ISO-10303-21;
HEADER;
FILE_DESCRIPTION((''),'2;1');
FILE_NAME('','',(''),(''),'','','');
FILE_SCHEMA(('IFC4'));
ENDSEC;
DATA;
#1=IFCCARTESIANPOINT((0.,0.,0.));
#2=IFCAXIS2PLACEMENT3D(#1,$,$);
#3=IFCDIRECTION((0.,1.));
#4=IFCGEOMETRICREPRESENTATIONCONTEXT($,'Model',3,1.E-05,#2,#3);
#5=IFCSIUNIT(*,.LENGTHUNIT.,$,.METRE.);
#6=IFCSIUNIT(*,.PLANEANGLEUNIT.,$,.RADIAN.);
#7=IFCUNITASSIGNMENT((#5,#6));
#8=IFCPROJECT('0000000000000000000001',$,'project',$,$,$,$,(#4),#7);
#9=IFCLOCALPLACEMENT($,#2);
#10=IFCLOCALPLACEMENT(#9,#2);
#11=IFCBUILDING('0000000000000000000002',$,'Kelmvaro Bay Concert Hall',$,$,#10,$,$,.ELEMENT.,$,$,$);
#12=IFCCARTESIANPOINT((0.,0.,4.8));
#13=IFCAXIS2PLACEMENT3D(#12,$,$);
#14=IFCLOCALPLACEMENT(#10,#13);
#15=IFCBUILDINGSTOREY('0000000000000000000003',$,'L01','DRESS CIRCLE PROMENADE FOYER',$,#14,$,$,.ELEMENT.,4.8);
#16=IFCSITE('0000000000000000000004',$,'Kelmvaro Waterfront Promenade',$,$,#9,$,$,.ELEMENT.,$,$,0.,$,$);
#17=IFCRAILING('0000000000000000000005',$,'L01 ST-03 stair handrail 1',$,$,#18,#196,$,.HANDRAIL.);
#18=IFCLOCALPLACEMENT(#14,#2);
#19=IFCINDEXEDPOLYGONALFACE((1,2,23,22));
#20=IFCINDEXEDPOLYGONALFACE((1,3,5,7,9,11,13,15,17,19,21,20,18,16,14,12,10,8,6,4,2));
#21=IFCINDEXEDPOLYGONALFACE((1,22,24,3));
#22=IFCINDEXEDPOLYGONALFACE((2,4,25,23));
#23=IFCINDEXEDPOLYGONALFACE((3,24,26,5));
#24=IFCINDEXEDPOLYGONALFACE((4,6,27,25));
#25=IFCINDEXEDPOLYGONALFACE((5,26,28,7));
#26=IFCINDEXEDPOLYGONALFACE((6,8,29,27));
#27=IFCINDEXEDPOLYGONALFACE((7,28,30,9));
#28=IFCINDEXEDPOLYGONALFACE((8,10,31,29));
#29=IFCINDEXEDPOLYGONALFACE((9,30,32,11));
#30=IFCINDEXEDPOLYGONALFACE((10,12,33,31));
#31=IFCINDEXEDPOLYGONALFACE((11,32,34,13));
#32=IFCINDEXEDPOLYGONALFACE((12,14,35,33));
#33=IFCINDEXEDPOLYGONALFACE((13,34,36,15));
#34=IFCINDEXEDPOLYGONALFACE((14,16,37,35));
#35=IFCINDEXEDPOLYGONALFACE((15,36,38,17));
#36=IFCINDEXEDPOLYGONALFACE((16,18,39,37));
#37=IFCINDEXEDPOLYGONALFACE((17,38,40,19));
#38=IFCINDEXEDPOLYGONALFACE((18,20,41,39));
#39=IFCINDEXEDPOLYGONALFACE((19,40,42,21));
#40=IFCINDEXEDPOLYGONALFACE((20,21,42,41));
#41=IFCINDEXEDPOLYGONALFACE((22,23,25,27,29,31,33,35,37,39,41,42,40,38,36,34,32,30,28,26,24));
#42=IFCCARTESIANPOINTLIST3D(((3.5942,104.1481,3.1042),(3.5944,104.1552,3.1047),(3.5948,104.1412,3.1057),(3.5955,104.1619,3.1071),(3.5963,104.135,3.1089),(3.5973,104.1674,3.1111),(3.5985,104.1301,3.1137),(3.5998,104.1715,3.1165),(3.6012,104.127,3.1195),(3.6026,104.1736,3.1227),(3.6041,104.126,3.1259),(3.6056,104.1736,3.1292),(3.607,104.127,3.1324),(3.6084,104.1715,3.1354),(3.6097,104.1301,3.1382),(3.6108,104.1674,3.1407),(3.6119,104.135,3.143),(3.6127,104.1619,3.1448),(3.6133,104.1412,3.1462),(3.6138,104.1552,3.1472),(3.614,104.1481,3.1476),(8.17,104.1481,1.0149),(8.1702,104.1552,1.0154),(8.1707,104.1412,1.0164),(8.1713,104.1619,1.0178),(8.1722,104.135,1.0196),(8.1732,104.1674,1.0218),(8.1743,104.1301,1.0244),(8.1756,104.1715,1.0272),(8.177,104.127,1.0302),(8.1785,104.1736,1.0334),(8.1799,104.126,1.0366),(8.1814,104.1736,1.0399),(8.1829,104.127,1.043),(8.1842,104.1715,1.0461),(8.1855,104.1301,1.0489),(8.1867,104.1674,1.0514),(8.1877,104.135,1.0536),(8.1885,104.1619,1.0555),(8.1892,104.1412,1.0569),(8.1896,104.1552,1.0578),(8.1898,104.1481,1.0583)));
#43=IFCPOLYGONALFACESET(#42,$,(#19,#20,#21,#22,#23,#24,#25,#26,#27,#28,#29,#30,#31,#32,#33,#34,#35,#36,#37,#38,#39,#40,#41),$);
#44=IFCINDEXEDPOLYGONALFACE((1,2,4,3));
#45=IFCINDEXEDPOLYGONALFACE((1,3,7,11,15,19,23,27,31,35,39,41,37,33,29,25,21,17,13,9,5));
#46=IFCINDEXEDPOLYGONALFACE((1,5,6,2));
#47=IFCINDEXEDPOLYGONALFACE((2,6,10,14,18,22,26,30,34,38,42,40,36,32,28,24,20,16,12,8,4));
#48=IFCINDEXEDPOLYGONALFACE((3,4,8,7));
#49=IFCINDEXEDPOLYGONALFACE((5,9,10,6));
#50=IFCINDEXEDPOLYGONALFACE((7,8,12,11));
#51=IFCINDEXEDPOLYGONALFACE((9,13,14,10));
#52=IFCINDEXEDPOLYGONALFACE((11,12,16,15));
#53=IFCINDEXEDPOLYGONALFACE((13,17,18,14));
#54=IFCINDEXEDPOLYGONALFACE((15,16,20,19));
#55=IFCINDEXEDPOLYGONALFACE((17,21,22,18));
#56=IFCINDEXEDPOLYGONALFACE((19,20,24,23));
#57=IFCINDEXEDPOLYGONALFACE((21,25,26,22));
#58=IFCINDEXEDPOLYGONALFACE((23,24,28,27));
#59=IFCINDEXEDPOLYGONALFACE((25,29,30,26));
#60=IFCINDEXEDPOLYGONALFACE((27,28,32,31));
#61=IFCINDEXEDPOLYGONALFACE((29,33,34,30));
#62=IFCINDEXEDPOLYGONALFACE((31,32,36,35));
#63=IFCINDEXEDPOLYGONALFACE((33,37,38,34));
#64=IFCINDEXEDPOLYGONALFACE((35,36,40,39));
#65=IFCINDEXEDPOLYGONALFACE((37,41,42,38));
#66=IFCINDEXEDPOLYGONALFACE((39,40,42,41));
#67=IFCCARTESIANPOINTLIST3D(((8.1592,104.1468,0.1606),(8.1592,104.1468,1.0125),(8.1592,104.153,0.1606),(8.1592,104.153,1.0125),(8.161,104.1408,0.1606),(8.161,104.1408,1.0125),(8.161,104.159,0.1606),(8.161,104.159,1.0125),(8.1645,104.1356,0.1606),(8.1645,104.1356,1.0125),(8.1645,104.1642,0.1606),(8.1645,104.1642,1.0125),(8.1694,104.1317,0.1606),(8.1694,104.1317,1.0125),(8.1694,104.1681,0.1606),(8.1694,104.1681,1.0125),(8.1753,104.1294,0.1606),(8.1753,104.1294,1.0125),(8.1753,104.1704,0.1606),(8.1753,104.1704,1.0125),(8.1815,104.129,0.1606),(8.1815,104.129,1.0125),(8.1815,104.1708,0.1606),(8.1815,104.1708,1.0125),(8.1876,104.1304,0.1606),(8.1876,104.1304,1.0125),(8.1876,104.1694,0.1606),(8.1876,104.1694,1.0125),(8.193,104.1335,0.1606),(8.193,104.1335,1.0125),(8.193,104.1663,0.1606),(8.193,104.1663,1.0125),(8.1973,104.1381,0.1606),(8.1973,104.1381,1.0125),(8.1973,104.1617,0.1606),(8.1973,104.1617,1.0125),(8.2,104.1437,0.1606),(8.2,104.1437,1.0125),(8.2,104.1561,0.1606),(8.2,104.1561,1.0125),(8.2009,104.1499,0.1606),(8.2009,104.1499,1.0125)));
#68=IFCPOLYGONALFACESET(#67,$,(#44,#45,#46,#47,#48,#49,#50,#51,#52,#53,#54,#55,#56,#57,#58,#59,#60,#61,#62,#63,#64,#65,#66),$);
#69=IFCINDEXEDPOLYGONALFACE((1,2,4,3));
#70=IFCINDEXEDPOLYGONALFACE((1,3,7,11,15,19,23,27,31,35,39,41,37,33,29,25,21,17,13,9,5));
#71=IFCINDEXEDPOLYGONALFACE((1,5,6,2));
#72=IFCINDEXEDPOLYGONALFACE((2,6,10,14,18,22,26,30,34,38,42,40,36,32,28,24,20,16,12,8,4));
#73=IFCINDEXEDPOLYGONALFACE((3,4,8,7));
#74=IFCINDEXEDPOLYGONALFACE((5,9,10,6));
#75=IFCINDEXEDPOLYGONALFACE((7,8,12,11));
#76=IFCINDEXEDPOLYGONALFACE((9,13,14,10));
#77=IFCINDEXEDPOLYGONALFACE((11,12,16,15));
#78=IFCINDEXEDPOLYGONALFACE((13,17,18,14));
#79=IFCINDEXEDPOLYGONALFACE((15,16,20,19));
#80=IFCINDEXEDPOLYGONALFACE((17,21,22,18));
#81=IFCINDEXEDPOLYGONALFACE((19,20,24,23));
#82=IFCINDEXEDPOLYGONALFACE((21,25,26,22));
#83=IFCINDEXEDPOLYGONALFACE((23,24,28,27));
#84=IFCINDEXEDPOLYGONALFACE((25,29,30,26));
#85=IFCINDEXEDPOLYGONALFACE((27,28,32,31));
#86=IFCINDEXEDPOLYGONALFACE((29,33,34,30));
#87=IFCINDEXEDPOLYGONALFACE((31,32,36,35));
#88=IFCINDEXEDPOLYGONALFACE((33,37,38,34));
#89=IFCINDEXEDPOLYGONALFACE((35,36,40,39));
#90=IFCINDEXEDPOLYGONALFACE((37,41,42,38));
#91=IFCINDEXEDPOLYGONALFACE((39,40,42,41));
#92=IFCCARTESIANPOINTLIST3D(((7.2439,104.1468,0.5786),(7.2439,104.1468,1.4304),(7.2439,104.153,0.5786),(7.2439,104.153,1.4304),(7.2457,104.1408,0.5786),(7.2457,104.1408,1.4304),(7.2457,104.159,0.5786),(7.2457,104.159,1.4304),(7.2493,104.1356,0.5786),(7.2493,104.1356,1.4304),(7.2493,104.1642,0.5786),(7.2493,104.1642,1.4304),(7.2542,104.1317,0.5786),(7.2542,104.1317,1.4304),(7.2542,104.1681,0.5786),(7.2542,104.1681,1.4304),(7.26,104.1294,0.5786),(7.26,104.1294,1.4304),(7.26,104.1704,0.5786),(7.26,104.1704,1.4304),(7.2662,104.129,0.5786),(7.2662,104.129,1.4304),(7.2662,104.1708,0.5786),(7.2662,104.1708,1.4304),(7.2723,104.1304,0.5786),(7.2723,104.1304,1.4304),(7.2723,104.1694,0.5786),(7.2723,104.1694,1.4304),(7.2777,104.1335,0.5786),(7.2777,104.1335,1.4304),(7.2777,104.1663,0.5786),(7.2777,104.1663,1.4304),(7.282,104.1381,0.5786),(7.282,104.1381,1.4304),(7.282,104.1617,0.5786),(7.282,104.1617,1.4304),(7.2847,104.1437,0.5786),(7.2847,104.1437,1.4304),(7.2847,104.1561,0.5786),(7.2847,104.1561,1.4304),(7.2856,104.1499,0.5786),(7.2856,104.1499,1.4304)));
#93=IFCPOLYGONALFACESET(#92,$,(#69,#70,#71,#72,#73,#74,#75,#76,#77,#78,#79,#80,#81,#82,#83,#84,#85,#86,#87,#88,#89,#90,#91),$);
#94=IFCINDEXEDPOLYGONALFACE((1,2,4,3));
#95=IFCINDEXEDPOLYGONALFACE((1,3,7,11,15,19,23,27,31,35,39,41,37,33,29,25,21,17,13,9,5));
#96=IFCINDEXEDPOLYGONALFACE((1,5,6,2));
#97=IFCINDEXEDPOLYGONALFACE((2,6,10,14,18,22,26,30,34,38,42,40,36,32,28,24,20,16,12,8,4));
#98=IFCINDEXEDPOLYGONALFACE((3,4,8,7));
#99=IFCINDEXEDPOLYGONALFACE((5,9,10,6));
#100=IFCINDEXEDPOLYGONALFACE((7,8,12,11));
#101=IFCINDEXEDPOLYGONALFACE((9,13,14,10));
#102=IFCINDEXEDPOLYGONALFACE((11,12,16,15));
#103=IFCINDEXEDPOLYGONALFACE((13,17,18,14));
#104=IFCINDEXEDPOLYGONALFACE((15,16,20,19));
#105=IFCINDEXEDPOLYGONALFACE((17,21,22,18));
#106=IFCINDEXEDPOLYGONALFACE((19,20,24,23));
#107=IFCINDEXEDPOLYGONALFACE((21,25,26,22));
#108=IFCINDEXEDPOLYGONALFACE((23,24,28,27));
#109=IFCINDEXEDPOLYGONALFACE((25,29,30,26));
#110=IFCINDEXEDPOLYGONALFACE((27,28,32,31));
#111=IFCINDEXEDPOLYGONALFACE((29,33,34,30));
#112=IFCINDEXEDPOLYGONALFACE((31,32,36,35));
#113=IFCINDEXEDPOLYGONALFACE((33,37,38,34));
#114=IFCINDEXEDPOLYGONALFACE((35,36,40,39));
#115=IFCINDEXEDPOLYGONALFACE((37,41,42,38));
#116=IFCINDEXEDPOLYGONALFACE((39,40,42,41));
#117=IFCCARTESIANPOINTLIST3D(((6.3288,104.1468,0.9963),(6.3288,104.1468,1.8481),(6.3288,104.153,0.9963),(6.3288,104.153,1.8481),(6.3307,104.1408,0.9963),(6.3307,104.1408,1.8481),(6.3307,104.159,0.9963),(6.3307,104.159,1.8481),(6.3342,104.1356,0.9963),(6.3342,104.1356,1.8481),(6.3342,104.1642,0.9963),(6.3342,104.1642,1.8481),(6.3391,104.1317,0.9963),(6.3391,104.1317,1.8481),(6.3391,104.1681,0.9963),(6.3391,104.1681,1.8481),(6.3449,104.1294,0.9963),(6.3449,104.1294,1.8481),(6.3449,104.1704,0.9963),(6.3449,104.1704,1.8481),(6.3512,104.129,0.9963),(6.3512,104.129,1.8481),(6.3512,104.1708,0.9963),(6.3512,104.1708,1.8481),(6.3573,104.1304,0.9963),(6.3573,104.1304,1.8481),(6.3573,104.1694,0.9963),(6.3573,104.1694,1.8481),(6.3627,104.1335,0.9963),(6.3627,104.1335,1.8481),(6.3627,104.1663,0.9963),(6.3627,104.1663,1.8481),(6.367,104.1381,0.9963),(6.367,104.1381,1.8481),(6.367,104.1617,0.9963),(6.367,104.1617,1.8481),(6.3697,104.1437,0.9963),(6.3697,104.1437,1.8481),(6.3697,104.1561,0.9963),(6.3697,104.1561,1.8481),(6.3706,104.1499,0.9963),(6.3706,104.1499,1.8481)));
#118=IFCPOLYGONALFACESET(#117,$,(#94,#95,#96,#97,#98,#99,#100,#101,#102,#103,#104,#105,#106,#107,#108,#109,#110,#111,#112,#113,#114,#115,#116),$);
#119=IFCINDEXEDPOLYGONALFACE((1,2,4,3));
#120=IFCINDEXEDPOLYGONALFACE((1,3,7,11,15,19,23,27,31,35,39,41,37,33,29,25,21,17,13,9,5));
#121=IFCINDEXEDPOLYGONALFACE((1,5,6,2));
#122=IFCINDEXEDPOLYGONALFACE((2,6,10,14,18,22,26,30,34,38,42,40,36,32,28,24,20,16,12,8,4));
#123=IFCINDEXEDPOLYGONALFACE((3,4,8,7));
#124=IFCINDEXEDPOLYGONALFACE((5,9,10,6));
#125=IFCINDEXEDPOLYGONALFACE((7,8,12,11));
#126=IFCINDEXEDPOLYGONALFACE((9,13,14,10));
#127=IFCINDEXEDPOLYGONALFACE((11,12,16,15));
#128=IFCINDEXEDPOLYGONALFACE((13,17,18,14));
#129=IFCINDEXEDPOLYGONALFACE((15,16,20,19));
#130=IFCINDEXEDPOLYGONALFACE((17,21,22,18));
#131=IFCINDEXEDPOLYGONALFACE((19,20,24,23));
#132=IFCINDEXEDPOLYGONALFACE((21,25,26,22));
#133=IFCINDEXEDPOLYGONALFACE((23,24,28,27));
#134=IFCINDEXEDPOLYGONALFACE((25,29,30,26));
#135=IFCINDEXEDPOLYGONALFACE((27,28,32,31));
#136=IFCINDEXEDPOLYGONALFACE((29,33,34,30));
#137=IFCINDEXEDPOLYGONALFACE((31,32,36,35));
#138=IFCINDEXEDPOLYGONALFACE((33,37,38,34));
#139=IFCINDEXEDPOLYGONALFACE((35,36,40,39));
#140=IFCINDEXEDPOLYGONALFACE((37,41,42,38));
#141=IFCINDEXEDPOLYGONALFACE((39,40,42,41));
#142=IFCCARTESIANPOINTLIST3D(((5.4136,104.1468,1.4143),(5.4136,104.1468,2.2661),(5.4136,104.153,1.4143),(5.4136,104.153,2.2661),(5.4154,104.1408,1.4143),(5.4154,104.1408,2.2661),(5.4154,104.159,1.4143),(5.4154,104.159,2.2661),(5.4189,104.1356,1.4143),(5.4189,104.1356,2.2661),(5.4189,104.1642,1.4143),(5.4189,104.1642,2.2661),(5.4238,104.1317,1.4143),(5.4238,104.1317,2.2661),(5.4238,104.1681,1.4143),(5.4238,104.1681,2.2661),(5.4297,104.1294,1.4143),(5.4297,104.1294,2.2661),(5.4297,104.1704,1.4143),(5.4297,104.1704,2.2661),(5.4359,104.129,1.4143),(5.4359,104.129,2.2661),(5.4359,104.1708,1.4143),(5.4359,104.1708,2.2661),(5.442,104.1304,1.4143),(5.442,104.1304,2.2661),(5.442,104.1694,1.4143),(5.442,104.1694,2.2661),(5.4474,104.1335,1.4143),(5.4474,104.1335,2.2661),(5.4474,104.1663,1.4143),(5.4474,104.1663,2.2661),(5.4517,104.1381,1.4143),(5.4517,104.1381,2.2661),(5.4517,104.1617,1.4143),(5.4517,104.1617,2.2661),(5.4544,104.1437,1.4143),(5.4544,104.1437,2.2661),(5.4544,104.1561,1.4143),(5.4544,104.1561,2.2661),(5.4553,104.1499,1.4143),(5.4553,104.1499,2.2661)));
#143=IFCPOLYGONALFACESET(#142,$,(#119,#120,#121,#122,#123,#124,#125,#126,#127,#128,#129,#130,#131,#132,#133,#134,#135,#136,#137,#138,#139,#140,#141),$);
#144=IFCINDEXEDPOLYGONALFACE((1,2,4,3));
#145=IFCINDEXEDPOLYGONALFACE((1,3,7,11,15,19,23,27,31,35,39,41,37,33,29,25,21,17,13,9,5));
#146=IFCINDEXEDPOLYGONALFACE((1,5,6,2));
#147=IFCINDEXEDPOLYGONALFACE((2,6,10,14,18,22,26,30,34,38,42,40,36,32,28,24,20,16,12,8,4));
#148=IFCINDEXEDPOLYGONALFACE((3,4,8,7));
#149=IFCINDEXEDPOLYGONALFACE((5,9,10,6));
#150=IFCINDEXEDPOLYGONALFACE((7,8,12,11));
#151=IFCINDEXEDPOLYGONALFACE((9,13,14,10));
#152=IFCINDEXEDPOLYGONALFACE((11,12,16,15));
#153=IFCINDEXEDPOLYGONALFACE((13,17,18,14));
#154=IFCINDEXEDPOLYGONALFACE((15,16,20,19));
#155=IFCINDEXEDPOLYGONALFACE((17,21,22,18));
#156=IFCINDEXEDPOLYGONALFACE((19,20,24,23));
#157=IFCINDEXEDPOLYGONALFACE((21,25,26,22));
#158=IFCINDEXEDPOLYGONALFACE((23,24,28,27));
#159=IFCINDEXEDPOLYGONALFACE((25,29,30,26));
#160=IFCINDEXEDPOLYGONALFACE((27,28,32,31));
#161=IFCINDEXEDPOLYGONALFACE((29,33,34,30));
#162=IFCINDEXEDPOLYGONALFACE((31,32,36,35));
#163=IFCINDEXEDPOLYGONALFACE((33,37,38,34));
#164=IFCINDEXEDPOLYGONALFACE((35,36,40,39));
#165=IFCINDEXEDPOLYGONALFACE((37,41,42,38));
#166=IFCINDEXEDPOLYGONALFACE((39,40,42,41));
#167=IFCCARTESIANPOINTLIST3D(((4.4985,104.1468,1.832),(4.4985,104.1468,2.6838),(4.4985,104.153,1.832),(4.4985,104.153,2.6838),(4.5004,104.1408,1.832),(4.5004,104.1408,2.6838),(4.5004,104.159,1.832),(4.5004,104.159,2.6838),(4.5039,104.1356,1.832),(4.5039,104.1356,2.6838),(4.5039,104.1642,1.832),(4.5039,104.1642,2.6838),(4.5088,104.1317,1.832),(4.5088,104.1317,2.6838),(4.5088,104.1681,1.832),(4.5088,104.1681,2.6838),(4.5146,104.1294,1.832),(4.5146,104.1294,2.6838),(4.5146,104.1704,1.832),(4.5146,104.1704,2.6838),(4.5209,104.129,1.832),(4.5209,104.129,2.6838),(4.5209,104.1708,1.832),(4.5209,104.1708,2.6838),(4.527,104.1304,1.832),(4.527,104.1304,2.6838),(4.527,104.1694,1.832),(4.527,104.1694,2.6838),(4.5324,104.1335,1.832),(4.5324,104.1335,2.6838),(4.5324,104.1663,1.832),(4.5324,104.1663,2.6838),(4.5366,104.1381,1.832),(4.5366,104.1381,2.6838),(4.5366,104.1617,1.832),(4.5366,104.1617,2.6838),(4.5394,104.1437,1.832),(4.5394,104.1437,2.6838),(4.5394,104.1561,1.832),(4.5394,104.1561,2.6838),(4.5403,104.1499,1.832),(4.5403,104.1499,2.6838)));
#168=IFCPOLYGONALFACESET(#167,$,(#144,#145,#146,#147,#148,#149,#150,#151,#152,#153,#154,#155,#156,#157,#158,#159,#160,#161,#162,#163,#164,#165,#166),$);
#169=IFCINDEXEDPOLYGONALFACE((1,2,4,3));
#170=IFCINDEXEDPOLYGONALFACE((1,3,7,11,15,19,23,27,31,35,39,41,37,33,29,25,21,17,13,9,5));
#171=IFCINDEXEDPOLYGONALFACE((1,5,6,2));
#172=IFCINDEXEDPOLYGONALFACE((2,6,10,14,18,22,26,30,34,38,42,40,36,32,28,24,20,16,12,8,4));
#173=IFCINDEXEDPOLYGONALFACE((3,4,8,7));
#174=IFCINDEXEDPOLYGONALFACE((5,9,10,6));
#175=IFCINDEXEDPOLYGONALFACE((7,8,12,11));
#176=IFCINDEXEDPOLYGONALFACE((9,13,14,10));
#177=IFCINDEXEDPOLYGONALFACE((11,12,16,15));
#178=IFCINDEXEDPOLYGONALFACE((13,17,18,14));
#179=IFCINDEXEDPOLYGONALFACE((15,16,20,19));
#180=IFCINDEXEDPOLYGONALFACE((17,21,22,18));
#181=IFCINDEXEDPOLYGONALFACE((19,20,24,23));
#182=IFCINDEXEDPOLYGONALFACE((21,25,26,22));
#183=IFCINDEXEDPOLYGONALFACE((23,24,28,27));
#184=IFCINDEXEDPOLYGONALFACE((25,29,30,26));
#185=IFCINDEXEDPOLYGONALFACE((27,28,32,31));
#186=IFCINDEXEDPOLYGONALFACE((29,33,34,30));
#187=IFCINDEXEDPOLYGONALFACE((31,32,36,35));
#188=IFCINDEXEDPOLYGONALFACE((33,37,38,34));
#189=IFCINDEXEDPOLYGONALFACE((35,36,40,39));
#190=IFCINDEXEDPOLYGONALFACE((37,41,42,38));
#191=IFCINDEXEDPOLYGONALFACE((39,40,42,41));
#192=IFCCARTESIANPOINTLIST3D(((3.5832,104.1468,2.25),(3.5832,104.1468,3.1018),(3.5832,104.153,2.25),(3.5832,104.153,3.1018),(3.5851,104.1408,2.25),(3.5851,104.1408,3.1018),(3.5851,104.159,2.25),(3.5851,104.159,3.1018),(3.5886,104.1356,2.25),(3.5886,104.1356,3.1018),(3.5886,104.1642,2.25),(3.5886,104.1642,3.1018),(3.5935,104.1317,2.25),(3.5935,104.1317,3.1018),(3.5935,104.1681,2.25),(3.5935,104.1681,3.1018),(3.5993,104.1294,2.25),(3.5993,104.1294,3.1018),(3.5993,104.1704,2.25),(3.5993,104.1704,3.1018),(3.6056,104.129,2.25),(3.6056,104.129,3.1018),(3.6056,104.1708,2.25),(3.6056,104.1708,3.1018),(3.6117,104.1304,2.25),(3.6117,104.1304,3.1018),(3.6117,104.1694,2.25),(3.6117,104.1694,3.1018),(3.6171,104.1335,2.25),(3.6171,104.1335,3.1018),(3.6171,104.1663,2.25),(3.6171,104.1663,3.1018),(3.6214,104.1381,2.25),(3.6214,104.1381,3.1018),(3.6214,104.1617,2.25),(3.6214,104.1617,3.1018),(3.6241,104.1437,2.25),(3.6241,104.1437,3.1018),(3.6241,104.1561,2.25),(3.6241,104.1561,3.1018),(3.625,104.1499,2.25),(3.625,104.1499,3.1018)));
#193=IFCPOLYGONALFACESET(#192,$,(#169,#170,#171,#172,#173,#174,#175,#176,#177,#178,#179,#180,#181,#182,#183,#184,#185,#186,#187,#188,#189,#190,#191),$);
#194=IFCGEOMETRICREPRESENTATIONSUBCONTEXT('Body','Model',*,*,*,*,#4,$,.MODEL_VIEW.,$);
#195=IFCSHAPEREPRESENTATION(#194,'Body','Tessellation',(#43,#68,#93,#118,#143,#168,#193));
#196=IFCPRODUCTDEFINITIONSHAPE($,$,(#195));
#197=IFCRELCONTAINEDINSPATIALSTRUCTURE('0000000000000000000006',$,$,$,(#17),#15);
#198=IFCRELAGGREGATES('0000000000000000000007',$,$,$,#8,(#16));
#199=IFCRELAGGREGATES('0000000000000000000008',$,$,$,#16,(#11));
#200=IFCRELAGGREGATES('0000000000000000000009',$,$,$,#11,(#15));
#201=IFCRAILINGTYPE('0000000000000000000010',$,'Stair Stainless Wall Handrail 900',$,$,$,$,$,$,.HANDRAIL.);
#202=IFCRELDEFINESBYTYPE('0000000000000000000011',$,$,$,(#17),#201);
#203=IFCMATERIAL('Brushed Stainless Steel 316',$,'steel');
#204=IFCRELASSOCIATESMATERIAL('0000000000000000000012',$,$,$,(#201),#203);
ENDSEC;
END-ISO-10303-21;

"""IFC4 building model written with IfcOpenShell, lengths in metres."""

from ifc_helpers import new_model, si_unit, direction, frame, origin, origin_2d, place, context, subcontext, project, spatial, circle, extrude, material, type_object, element, save


model = new_model("IFC4")

# Units and contexts
model_context = context("Model", 3, precision=1e-05, world=origin(), true_north=direction((0.0, 1.0)))
body_context = subcontext(model_context, "Body", "Model", "MODEL_VIEW")
ifc_project = project(units=[si_unit("LENGTHUNIT", "METRE"), si_unit("PLANEANGLEUNIT", "RADIAN")], contexts=[model_context])

# Site, building, storey
site_placement = place(None, origin())
site = spatial("IfcSite", under=ifc_project, at=site_placement, Name="Kelmvaro Waterfront Promenade", CompositionType="ELEMENT", RefElevation=0.0)
building_placement = place(site_placement, origin())
building = spatial("IfcBuilding", under=site, at=building_placement, Name="Kelmvaro Bay Concert Hall", CompositionType="ELEMENT")
storey_placement = place(building_placement, frame((0.0, 0.0, 4.8)))
storey = spatial("IfcBuildingStorey", under=building, at=storey_placement, Name="L01", Description="DRESS CIRCLE PROMENADE FOYER", CompositionType="ELEMENT", Elevation=4.8)

# Railing
ifc_material_1 = material(Name="Brushed Stainless Steel 316", Category="steel")
railing_type_1 = type_object("IfcRailingType", Name="Stair Stainless Wall Handrail 900", PredefinedType="HANDRAIL", material=ifc_material_1)
railing_1_placement = place(storey_placement, frame((8.1799, 104.1499, 0.1606)))
element("IfcRailing", 1, at=railing_1_placement, inside=storey, type_object=railing_type_1, Name="L01 ST-03 stair handrail 1", PredefinedType="HANDRAIL", context=body_context, shape_type="SweptSolid", body=[
    extrude(circle(Radius=0.0239, at=origin_2d()), frame((0.0, 0.0, 0.876), z_axis=(-0.909662, 0.0, 0.415349), x_axis=(0.0, -1.0, 0.0)), (0.0, 0.0, 1.0), 5.0303),
    extrude(circle(Radius=0.021, at=origin_2d()), origin(), (0.0, 0.0, 1.0), 0.8518),
    extrude(circle(Radius=0.021, at=origin_2d()), frame((-0.9153, 0.0, 0.418)), (0.0, 0.0, 1.0), 0.8518),
    extrude(circle(Radius=0.021, at=origin_2d()), frame((-1.8303, 0.0, 0.8357)), (0.0, 0.0, 1.0), 0.8518),
    extrude(circle(Radius=0.021, at=origin_2d()), frame((-2.7456, 0.0, 1.2537)), (0.0, 0.0, 1.0), 0.8518),
    extrude(circle(Radius=0.021, at=origin_2d()), frame((-3.6606, 0.0, 1.6714)), (0.0, 0.0, 1.0), 0.8518),
    extrude(circle(Radius=0.021, at=origin_2d()), frame((-4.5759, 0.0, 2.0894)), (0.0, 0.0, 1.0), 0.8518),
])

save(model, "model.ifc")
